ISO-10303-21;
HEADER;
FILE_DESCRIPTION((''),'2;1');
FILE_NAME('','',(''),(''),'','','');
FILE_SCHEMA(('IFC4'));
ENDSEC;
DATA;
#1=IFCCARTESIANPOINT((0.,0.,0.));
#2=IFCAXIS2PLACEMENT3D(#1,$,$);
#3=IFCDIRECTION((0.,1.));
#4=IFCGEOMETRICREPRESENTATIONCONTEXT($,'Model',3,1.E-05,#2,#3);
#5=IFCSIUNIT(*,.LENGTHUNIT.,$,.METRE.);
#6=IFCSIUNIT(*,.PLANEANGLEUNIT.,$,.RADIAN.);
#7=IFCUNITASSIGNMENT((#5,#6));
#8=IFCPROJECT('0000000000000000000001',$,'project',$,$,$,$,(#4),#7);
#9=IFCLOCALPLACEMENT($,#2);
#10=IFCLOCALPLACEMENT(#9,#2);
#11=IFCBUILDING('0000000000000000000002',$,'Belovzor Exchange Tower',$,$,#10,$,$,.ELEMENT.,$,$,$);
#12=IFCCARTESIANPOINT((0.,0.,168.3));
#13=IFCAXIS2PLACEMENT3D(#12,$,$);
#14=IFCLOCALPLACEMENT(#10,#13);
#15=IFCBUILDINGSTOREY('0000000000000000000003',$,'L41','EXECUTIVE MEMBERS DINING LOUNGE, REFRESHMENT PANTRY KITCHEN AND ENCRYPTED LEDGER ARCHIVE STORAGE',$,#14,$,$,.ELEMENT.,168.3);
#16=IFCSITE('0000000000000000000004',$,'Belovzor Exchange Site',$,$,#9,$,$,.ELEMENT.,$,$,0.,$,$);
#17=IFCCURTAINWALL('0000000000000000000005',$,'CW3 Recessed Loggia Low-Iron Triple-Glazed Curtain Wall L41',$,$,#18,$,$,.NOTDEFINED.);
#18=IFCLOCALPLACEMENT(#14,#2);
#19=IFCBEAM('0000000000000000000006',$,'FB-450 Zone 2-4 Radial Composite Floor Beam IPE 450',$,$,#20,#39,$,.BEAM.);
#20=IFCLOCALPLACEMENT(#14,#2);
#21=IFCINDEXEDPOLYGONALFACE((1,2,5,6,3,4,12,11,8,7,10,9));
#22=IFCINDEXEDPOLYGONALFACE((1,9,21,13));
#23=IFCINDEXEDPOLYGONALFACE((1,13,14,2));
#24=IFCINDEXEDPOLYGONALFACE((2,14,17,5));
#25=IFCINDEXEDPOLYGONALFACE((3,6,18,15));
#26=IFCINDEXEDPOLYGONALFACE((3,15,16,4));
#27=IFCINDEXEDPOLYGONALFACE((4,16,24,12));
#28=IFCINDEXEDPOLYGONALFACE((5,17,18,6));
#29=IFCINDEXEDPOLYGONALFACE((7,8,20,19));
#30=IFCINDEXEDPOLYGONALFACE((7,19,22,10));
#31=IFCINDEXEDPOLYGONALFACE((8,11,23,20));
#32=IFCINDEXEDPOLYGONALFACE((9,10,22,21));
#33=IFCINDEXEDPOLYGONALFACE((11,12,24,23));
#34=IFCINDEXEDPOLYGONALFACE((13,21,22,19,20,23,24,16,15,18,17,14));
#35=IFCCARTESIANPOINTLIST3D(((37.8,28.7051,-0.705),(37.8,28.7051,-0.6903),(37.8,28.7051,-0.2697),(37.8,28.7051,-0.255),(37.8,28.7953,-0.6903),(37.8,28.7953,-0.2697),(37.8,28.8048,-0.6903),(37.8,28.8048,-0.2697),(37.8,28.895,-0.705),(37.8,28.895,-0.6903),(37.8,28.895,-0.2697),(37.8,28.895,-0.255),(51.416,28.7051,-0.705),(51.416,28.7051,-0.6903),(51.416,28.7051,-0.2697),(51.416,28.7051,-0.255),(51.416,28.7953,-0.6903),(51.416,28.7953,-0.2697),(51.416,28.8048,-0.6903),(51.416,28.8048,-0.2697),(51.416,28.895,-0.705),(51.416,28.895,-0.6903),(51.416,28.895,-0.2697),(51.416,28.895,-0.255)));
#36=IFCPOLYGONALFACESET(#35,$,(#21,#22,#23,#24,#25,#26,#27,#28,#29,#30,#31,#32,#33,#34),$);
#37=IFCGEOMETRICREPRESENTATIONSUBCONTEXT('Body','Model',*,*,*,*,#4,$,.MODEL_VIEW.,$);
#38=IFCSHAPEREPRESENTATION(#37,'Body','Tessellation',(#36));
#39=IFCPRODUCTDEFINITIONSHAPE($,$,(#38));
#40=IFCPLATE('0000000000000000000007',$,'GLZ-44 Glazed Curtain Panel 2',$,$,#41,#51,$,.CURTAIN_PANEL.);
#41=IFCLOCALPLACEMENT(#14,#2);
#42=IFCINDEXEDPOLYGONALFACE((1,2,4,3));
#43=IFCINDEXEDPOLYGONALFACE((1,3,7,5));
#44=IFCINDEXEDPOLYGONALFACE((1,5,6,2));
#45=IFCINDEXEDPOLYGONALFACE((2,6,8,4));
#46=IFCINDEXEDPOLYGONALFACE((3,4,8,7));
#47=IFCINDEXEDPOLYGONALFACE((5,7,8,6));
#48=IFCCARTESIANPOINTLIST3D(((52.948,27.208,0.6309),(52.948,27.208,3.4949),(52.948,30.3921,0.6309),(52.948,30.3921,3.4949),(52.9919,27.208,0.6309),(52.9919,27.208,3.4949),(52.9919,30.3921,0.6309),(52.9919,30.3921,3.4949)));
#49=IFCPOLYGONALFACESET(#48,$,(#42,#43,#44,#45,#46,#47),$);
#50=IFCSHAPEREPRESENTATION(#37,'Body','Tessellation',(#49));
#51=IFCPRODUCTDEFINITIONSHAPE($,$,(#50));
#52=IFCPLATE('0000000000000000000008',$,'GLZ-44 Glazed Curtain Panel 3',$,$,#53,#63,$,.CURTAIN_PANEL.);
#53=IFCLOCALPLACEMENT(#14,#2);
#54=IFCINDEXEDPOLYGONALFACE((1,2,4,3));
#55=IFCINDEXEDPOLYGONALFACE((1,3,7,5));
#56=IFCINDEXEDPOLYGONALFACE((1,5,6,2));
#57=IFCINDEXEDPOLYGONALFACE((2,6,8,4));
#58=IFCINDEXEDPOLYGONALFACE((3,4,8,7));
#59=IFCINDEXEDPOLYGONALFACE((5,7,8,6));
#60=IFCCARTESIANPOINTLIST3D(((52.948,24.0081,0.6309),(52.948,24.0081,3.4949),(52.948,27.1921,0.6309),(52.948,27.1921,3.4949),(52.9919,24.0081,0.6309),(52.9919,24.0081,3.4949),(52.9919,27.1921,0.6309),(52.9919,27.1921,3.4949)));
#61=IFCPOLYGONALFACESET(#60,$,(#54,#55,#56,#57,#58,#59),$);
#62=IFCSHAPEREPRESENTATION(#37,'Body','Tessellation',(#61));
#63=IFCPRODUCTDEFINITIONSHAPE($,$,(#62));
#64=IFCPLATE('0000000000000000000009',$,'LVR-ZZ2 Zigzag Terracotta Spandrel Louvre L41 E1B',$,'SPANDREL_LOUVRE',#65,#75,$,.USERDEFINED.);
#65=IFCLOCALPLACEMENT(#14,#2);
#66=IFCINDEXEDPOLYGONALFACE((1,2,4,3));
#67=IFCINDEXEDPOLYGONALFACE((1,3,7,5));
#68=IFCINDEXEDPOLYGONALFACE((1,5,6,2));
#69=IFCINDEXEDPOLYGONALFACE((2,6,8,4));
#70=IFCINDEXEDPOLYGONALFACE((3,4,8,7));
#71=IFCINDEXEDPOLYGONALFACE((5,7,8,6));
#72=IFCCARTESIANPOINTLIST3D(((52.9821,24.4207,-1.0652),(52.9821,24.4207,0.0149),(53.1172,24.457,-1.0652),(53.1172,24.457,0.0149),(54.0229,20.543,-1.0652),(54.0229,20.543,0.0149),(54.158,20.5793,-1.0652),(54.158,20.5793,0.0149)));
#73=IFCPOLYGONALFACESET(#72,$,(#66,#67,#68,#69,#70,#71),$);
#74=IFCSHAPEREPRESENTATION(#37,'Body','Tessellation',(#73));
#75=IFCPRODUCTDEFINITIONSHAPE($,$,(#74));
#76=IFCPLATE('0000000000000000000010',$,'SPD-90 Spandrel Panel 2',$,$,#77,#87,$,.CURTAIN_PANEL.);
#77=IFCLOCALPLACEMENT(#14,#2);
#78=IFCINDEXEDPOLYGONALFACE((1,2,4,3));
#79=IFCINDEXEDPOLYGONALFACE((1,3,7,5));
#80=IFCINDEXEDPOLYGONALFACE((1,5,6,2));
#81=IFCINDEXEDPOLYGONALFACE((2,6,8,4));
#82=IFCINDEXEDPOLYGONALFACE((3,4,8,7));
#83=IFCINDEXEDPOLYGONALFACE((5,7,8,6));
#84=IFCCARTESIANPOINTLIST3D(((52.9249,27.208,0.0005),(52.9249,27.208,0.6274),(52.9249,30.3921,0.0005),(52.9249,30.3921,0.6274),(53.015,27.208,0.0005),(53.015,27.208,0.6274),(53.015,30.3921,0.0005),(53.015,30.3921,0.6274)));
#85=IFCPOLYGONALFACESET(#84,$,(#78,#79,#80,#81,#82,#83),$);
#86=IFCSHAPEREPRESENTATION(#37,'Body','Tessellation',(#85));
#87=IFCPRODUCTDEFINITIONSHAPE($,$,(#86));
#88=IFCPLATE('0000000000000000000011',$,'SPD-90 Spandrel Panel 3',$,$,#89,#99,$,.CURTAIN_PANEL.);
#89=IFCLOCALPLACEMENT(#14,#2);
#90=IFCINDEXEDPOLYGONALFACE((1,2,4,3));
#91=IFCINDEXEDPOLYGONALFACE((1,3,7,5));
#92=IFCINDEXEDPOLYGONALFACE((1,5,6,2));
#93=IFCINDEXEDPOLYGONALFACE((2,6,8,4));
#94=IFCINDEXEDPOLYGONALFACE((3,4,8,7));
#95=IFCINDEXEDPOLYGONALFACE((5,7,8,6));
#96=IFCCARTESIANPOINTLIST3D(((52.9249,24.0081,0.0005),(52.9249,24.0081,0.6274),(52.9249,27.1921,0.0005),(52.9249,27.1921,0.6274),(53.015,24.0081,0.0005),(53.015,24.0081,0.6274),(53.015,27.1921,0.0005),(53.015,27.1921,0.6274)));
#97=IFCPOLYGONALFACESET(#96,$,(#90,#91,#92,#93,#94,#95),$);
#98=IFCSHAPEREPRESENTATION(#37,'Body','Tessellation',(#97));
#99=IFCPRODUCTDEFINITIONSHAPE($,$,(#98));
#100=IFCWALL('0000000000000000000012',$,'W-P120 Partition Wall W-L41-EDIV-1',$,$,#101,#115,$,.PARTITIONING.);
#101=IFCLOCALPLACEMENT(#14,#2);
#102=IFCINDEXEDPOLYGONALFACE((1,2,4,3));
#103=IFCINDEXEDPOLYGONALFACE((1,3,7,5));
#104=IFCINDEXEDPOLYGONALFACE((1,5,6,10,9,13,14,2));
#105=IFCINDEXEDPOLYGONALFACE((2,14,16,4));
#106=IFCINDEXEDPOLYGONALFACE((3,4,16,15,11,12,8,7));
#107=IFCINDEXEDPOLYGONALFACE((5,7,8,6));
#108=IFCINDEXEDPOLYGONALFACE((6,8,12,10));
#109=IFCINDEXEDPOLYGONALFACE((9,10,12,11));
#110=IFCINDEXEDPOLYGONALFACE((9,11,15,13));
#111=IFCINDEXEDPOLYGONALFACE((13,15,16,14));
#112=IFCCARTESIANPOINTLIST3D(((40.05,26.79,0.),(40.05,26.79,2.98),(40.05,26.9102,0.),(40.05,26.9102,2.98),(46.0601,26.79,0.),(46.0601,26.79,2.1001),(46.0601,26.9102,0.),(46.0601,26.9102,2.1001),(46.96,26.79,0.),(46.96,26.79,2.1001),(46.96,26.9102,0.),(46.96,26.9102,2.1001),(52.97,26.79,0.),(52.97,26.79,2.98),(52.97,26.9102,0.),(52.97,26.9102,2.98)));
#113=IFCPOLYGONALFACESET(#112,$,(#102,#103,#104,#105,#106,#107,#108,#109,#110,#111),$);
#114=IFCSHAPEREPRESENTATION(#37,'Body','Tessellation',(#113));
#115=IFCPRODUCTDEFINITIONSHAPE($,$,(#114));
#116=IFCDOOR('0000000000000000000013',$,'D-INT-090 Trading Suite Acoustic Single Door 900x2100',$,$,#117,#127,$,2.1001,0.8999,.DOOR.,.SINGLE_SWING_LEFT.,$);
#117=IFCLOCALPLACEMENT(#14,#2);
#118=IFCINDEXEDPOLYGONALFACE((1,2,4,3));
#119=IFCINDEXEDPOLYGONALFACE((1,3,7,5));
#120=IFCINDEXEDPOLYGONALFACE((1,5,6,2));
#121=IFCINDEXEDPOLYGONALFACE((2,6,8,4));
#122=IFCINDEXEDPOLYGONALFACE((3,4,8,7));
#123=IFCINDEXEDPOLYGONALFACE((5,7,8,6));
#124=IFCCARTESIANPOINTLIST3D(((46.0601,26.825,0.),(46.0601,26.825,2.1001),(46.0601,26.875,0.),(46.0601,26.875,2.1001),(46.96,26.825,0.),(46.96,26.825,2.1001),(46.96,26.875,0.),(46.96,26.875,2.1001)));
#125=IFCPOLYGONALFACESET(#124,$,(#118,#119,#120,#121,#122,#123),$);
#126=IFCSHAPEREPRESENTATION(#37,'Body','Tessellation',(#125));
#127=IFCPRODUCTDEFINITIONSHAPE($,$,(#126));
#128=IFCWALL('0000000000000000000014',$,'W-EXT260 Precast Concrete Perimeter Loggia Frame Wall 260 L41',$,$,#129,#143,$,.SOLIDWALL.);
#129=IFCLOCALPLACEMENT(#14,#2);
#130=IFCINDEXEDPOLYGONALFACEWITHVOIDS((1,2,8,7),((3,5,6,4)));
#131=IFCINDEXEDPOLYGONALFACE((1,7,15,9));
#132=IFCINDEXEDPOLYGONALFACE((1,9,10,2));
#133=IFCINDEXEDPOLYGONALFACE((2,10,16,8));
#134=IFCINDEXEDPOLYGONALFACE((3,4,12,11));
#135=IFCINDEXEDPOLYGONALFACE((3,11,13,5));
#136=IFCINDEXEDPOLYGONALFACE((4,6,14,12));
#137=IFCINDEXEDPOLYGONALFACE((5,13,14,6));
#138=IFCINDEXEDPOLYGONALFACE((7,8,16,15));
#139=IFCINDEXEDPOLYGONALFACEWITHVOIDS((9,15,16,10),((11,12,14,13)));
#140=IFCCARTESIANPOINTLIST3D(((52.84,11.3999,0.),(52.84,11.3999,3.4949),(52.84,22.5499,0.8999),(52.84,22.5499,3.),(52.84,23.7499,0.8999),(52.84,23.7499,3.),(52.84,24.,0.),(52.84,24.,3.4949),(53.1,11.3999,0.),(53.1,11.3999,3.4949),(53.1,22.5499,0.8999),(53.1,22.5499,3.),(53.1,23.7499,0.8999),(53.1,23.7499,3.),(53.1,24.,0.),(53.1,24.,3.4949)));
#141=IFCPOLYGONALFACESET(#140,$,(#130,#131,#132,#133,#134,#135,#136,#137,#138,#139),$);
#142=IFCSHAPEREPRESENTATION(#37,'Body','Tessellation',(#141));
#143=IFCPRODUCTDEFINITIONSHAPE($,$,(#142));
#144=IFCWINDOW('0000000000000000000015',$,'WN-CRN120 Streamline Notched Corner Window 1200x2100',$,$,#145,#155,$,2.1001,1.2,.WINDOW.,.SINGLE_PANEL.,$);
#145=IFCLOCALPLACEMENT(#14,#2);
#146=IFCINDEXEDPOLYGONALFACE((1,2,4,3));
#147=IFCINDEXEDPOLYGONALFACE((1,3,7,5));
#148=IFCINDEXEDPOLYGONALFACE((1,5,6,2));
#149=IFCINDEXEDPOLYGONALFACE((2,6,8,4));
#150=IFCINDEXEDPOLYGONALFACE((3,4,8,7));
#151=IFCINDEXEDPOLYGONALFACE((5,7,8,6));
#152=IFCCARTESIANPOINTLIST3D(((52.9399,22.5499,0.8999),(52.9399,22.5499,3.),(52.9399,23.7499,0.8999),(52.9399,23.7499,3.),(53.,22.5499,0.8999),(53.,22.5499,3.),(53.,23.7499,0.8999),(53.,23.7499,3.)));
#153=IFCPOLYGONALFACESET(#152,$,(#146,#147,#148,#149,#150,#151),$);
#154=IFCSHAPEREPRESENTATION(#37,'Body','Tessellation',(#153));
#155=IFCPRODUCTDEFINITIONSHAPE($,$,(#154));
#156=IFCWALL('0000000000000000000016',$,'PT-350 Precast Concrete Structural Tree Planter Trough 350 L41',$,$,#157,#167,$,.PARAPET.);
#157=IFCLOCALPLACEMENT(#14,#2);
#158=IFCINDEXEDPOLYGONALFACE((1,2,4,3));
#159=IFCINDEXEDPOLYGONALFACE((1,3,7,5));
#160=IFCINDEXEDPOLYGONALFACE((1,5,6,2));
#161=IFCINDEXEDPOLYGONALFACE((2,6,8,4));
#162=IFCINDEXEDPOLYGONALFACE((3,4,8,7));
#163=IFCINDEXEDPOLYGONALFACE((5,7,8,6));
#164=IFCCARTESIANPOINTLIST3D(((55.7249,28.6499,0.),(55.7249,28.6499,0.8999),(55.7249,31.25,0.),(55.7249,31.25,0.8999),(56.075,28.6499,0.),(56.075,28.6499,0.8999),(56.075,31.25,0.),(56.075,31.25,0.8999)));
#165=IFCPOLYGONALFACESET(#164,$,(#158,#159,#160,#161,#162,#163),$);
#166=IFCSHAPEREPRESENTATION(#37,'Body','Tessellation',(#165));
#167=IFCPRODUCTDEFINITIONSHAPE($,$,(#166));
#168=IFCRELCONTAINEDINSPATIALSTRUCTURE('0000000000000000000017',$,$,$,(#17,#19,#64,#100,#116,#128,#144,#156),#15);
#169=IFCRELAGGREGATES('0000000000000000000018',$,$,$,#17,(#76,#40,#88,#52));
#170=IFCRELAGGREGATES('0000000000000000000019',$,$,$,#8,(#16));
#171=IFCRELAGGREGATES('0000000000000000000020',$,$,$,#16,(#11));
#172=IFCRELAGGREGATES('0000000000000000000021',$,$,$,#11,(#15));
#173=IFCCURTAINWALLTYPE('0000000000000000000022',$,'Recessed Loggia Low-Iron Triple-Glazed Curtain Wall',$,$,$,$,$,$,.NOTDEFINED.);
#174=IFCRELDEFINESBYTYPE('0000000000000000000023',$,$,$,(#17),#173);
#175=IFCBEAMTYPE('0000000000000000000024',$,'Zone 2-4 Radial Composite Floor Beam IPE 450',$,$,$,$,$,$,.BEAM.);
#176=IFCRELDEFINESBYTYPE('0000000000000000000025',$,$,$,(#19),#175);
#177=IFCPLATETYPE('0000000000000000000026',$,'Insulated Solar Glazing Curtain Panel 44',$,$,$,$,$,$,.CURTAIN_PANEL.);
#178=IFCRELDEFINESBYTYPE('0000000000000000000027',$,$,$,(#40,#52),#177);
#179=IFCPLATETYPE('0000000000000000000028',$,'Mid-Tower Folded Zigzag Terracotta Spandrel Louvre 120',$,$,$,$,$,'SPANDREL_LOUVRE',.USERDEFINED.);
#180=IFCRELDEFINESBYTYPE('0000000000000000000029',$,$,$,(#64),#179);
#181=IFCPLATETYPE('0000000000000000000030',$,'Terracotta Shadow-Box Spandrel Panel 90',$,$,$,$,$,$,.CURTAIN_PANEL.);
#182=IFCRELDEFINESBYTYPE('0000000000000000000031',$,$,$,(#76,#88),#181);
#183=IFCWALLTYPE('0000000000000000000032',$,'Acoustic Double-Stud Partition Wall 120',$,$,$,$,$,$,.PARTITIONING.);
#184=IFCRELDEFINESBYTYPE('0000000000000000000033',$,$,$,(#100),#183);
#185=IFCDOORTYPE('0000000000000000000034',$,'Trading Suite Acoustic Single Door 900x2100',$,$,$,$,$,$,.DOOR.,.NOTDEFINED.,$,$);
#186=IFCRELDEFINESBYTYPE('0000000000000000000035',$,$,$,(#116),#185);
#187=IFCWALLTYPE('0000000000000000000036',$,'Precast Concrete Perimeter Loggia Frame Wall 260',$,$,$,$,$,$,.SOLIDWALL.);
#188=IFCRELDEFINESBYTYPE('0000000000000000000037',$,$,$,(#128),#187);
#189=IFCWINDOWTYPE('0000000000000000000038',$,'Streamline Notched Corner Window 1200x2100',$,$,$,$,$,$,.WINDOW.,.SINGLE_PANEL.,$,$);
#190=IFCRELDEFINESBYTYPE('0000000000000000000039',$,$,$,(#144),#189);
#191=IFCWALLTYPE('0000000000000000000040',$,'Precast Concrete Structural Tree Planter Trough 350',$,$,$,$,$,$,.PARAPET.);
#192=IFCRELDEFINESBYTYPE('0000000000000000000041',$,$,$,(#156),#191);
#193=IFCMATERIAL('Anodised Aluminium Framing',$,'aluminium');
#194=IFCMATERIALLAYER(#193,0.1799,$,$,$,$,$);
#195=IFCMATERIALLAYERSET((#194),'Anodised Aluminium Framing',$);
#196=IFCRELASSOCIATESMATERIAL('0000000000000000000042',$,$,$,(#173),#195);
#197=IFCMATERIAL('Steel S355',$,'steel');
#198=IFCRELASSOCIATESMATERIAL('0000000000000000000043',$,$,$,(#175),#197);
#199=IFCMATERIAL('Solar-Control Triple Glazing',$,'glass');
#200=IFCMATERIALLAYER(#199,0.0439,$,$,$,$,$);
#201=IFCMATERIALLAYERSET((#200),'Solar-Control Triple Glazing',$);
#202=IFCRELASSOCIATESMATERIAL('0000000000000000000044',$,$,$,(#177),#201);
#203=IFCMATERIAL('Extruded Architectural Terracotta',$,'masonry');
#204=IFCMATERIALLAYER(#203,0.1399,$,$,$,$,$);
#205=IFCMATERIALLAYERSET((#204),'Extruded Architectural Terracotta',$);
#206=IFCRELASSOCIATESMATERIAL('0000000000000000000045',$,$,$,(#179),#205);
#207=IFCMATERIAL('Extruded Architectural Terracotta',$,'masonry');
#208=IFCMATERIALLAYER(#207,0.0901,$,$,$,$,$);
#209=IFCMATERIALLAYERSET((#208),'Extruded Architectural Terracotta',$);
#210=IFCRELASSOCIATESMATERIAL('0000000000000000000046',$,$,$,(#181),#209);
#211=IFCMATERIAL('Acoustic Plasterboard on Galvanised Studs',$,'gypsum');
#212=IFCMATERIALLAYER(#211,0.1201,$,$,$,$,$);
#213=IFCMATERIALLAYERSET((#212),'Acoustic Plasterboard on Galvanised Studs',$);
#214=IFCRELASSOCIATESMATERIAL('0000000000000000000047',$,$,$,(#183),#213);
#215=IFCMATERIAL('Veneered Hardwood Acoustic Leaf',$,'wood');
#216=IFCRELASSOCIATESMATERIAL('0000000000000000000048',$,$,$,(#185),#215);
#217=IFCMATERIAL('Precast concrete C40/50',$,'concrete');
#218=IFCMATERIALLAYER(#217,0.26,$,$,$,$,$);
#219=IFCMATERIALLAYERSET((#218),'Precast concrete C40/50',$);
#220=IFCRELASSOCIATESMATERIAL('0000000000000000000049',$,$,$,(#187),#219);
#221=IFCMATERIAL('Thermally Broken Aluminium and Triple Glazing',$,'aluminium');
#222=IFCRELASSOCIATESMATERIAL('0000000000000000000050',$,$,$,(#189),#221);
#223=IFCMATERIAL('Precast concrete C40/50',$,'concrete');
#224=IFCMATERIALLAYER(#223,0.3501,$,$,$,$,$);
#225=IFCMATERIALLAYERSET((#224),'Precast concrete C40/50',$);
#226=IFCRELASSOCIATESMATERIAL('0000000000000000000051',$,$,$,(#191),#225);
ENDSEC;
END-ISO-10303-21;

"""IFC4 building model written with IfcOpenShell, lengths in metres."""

from ifc_helpers import new_model, si_unit, direction, frame, frame_2d, origin, origin_2d, place, context, subcontext, project, spatial, rectangle, i_section, extrude, material, layer, layer_set, material_profile, profile_set, type_object, element, fill, aggregate, save


model = new_model("IFC4")

# Units and contexts
model_context = context("Model", 3, precision=1e-05, world=origin(), true_north=direction((0.0, 1.0)))
body_context = subcontext(model_context, "Body", "Model", "MODEL_VIEW")
ifc_project = project(units=[si_unit("LENGTHUNIT", "METRE"), si_unit("PLANEANGLEUNIT", "RADIAN")], contexts=[model_context])

# Site, building, storey
site_placement = place(None, origin())
site = spatial("IfcSite", under=ifc_project, at=site_placement, Name="Belovzor Exchange Site", CompositionType="ELEMENT", RefElevation=0.0)
building_placement = place(site_placement, origin())
building = spatial("IfcBuilding", under=site, at=building_placement, Name="Belovzor Exchange Tower", CompositionType="ELEMENT")
storey_placement = place(building_placement, frame((0.0, 0.0, 168.3)))
storey = spatial("IfcBuildingStorey", under=building, at=storey_placement, Name="L41", Description="EXECUTIVE MEMBERS DINING LOUNGE, REFRESHMENT PANTRY KITCHEN AND ENCRYPTED LEDGER ARCHIVE STORAGE", CompositionType="ELEMENT", Elevation=168.3)

# Curtain wall
ifc_material_1 = material(Name="Anodised Aluminium Framing", Category="aluminium")
ifc_layer_1 = layer(ifc_material_1, 0.1799)
ifc_layer_set_1 = layer_set([ifc_layer_1], Name="Anodised Aluminium Framing")
curtain_wall_type = type_object("IfcCurtainWallType", Name="Recessed Loggia Low-Iron Triple-Glazed Curtain Wall", PredefinedType="NOTDEFINED", material=ifc_layer_set_1)
curtain_wall_placement = place(storey_placement, origin())
curtain_wall = element("IfcCurtainWall", 1, at=curtain_wall_placement, inside=storey, type_object=curtain_wall_type, Name="CW3 Recessed Loggia Low-Iron Triple-Glazed Curtain Wall L41", PredefinedType="NOTDEFINED")

# Beam
ifc_material_2 = material(Name="Steel S355", Category="steel")
ifc_material_profile_1 = material_profile(ifc_material_2, i_section(OverallWidth=0.1899, OverallDepth=0.45, WebThickness=0.0095, FlangeThickness=0.0146, at=origin_2d()))
ifc_profile_set_1 = profile_set([ifc_material_profile_1], Name="Steel S355")
beam_type_1 = type_object("IfcBeamType", Name="Zone 2-4 Radial Composite Floor Beam IPE 450", PredefinedType="BEAM", material=ifc_profile_set_1)
beam_1_placement = place(storey_placement, frame((37.8, 28.8, -0.48), z_axis=(1.0, 0.0, 0.0), x_axis=(0.0, 1.0, 0.0)))
element("IfcBeam", 2, at=beam_1_placement, inside=storey, type_object=beam_type_1, Name="FB-450 Zone 2-4 Radial Composite Floor Beam IPE 450", PredefinedType="BEAM", context=body_context, shape_type="SweptSolid", body=[
    extrude(i_section(OverallWidth=0.1899, OverallDepth=0.45, WebThickness=0.0095, FlangeThickness=0.0146, at=origin_2d()), origin(), (0.0, 0.0, 1.0), 13.616),
])

# Plates
ifc_material_3 = material(Name="Solar-Control Triple Glazing", Category="glass")
ifc_layer_2 = layer(ifc_material_3, 0.0439)
ifc_layer_set_2 = layer_set([ifc_layer_2], Name="Solar-Control Triple Glazing")
plate_type_1 = type_object("IfcPlateType", Name="Insulated Solar Glazing Curtain Panel 44", PredefinedType="CURTAIN_PANEL", material=ifc_layer_set_2)
plate_1_placement = place(storey_placement, frame((52.97, 28.8, 0.6309), z_axis=(0.0, 0.0, 1.0), x_axis=(0.0, -1.0, 0.0)))
plate_1 = element("IfcPlate", 3, at=plate_1_placement, type_object=plate_type_1, Name="GLZ-44 Glazed Curtain Panel 2", PredefinedType="CURTAIN_PANEL", context=body_context, shape_type="SweptSolid", body=[
    extrude(rectangle(XDim=3.1841, YDim=0.0439, at=origin_2d()), origin(), (0.0, 0.0, 1.0), 2.864),
])
plate_2_placement = place(storey_placement, frame((52.97, 25.6001, 0.6309), z_axis=(0.0, 0.0, 1.0), x_axis=(0.0, -1.0, 0.0)))
plate_2 = element("IfcPlate", 4, at=plate_2_placement, type_object=plate_type_1, Name="GLZ-44 Glazed Curtain Panel 3", PredefinedType="CURTAIN_PANEL", context=body_context, shape_type="SweptSolid", body=[
    extrude(rectangle(XDim=3.1841, YDim=0.0439, at=origin_2d()), origin(), (0.0, 0.0, 1.0), 2.864),
])
ifc_material_4 = material(Name="Extruded Architectural Terracotta", Category="masonry")
ifc_layer_3 = layer(ifc_material_4, 0.1399)
ifc_layer_set_3 = layer_set([ifc_layer_3], Name="Extruded Architectural Terracotta")
plate_type_2 = type_object("IfcPlateType", Name="Mid-Tower Folded Zigzag Terracotta Spandrel Louvre 120", ElementType="SPANDREL_LOUVRE", PredefinedType="USERDEFINED", material=ifc_layer_set_3)
plate_3_placement = place(storey_placement, frame((53.5701, 22.5, -1.0652), z_axis=(0.0, 0.0, 1.0), x_axis=(-0.25924, 0.965813, 0.0)))
element("IfcPlate", 5, at=plate_3_placement, inside=storey, type_object=plate_type_2, Name="LVR-ZZ2 Zigzag Terracotta Spandrel Louvre L41 E1B", ObjectType="SPANDREL_LOUVRE", PredefinedType="USERDEFINED", context=body_context, shape_type="SweptSolid", body=[
    extrude(rectangle(XDim=4.0149, YDim=0.1399, at=origin_2d()), origin(), (0.0, 0.0, 1.0), 1.0801),
])
ifc_material_5 = material(Name="Extruded Architectural Terracotta", Category="masonry")
ifc_layer_4 = layer(ifc_material_5, 0.0901)
ifc_layer_set_4 = layer_set([ifc_layer_4], Name="Extruded Architectural Terracotta")
plate_type_3 = type_object("IfcPlateType", Name="Terracotta Shadow-Box Spandrel Panel 90", PredefinedType="CURTAIN_PANEL", material=ifc_layer_set_4)
plate_4_placement = place(storey_placement, frame((52.97, 28.8, 0.0005), z_axis=(0.0, 0.0, 1.0), x_axis=(0.0, -1.0, 0.0)))
plate_4 = element("IfcPlate", 6, at=plate_4_placement, type_object=plate_type_3, Name="SPD-90 Spandrel Panel 2", PredefinedType="CURTAIN_PANEL", context=body_context, shape_type="SweptSolid", body=[
    extrude(rectangle(XDim=3.1841, YDim=0.0901, at=origin_2d()), origin(), (0.0, 0.0, 1.0), 0.627),
])
plate_5_placement = place(storey_placement, frame((52.97, 25.6001, 0.0005), z_axis=(0.0, 0.0, 1.0), x_axis=(0.0, -1.0, 0.0)))
plate_5 = element("IfcPlate", 7, at=plate_5_placement, type_object=plate_type_3, Name="SPD-90 Spandrel Panel 3", PredefinedType="CURTAIN_PANEL", context=body_context, shape_type="SweptSolid", body=[
    extrude(rectangle(XDim=3.1841, YDim=0.0901, at=origin_2d()), origin(), (0.0, 0.0, 1.0), 0.627),
])
aggregate(curtain_wall, [plate_4, plate_1, plate_5, plate_2])

# Wall, opening, door
ifc_material_6 = material(Name="Acoustic Plasterboard on Galvanised Studs", Category="gypsum")
ifc_layer_5 = layer(ifc_material_6, 0.1201)
ifc_layer_set_5 = layer_set([ifc_layer_5], Name="Acoustic Plasterboard on Galvanised Studs")
wall_type_1 = type_object("IfcWallType", Name="Acoustic Double-Stud Partition Wall 120", PredefinedType="PARTITIONING", material=ifc_layer_set_5)
wall_1_placement = place(storey_placement, frame((40.05, 26.8501, 0.0), z_axis=(0.0, 0.0, 1.0), x_axis=(1.0, 0.0, 0.0)))
wall_1 = element("IfcWall", 8, at=wall_1_placement, inside=storey, type_object=wall_type_1, Name="W-P120 Partition Wall W-L41-EDIV-1", PredefinedType="PARTITIONING", context=body_context, shape_type="SweptSolid", body=[
    extrude(rectangle(XDim=12.9199, YDim=0.1201, at=frame_2d((6.46, 0.0))), origin(), (0.0, 0.0, 1.0), 2.98),
])
opening_1_placement = place(wall_1_placement, frame((6.01, 0.0, 0.0)))
opening_1 = element("IfcOpeningElement", 9, at=opening_1_placement, cuts=wall_1, PredefinedType="OPENING", context=body_context, shape_type="SweptSolid", body=[
    extrude(rectangle(XDim=0.8999, YDim=2.1001, at=frame_2d((0.45, 1.05))), frame((0.0, 0.0701, 0.0), z_axis=(0.0, -1.0, 0.0), x_axis=(1.0, 0.0, 0.0)), (0.0, 0.0, 1.0), 0.1401),
])
ifc_material_7 = material(Name="Veneered Hardwood Acoustic Leaf", Category="wood")
door_type = type_object("IfcDoorType", Name="Trading Suite Acoustic Single Door 900x2100", OperationType="NOTDEFINED", PredefinedType="DOOR", material=ifc_material_7)
door_placement = place(opening_1_placement, origin())
door = element("IfcDoor", 10, at=door_placement, inside=storey, type_object=door_type, Name="D-INT-090 Trading Suite Acoustic Single Door 900x2100", OperationType="SINGLE_SWING_LEFT", OverallHeight=2.1001, OverallWidth=0.8999, PredefinedType="DOOR", context=body_context, shape_type="SweptSolid", body=[
    extrude(rectangle(XDim=0.8999, YDim=2.1001, at=frame_2d((0.45, 1.05))), frame((0.0, 0.0249, 0.0), z_axis=(0.0, -1.0, 0.0), x_axis=(1.0, 0.0, 0.0)), (0.0, 0.0, 1.0), 0.05),
])
fill(opening_1, door)

# Wall, opening, window
ifc_material_8 = material(Name="Precast concrete C40/50", Category="concrete")
ifc_layer_6 = layer(ifc_material_8, 0.26)
ifc_layer_set_6 = layer_set([ifc_layer_6], Name="Precast concrete C40/50")
wall_type_2 = type_object("IfcWallType", Name="Precast Concrete Perimeter Loggia Frame Wall 260", PredefinedType="SOLIDWALL", material=ifc_layer_set_6)
wall_2_placement = place(storey_placement, frame((52.97, 24.0, 0.0), z_axis=(0.0, 0.0, 1.0), x_axis=(0.0, -1.0, 0.0)))
wall_2 = element("IfcWall", 11, at=wall_2_placement, inside=storey, type_object=wall_type_2, Name="W-EXT260 Precast Concrete Perimeter Loggia Frame Wall 260 L41", PredefinedType="SOLIDWALL", context=body_context, shape_type="SweptSolid", body=[
    extrude(rectangle(XDim=12.6001, YDim=0.26, at=frame_2d((6.3, 0.0))), origin(), (0.0, 0.0, 1.0), 3.4949),
])
opening_2_placement = place(wall_2_placement, frame((0.25, 0.0, 0.8999)))
opening_2 = element("IfcOpeningElement", 12, at=opening_2_placement, cuts=wall_2, PredefinedType="OPENING", context=body_context, shape_type="SweptSolid", body=[
    extrude(rectangle(XDim=1.2, YDim=2.1001, at=frame_2d((0.6001, 1.05))), frame((0.0, 0.1399, 0.0), z_axis=(0.0, -1.0, 0.0), x_axis=(1.0, 0.0, 0.0)), (0.0, 0.0, 1.0), 0.28),
])
ifc_material_9 = material(Name="Thermally Broken Aluminium and Triple Glazing", Category="aluminium")
window_type = type_object("IfcWindowType", Name="Streamline Notched Corner Window 1200x2100", PartitioningType="SINGLE_PANEL", PredefinedType="WINDOW", material=ifc_material_9)
window_placement = place(opening_2_placement, origin())
window = element("IfcWindow", 13, at=window_placement, inside=storey, type_object=window_type, Name="WN-CRN120 Streamline Notched Corner Window 1200x2100", OverallHeight=2.1001, OverallWidth=1.2, PartitioningType="SINGLE_PANEL", PredefinedType="WINDOW", context=body_context, shape_type="SweptSolid", body=[
    extrude(rectangle(XDim=1.2, YDim=2.1001, at=frame_2d((0.6001, 1.05))), frame((0.0, 0.03, 0.0), z_axis=(0.0, -1.0, 0.0), x_axis=(1.0, 0.0, 0.0)), (0.0, 0.0, 1.0), 0.0601),
])
fill(opening_2, window)

# Wall
ifc_material_10 = material(Name="Precast concrete C40/50", Category="concrete")
ifc_layer_7 = layer(ifc_material_10, 0.3501)
ifc_layer_set_7 = layer_set([ifc_layer_7], Name="Precast concrete C40/50")
wall_type_3 = type_object("IfcWallType", Name="Precast Concrete Structural Tree Planter Trough 350", PredefinedType="PARAPET", material=ifc_layer_set_7)
wall_3_placement = place(storey_placement, frame((55.8999, 28.6499, 0.0), z_axis=(0.0, 0.0, 1.0), x_axis=(0.0, 1.0, 0.0)))
element("IfcWall", 14, at=wall_3_placement, inside=storey, type_object=wall_type_3, Name="PT-350 Precast Concrete Structural Tree Planter Trough 350 L41", PredefinedType="PARAPET", context=body_context, shape_type="SweptSolid", body=[
    extrude(rectangle(XDim=2.6001, YDim=0.3501, at=frame_2d((1.3, 0.0))), origin(), (0.0, 0.0, 1.0), 0.8999),
])

save(model, "model.ifc")
